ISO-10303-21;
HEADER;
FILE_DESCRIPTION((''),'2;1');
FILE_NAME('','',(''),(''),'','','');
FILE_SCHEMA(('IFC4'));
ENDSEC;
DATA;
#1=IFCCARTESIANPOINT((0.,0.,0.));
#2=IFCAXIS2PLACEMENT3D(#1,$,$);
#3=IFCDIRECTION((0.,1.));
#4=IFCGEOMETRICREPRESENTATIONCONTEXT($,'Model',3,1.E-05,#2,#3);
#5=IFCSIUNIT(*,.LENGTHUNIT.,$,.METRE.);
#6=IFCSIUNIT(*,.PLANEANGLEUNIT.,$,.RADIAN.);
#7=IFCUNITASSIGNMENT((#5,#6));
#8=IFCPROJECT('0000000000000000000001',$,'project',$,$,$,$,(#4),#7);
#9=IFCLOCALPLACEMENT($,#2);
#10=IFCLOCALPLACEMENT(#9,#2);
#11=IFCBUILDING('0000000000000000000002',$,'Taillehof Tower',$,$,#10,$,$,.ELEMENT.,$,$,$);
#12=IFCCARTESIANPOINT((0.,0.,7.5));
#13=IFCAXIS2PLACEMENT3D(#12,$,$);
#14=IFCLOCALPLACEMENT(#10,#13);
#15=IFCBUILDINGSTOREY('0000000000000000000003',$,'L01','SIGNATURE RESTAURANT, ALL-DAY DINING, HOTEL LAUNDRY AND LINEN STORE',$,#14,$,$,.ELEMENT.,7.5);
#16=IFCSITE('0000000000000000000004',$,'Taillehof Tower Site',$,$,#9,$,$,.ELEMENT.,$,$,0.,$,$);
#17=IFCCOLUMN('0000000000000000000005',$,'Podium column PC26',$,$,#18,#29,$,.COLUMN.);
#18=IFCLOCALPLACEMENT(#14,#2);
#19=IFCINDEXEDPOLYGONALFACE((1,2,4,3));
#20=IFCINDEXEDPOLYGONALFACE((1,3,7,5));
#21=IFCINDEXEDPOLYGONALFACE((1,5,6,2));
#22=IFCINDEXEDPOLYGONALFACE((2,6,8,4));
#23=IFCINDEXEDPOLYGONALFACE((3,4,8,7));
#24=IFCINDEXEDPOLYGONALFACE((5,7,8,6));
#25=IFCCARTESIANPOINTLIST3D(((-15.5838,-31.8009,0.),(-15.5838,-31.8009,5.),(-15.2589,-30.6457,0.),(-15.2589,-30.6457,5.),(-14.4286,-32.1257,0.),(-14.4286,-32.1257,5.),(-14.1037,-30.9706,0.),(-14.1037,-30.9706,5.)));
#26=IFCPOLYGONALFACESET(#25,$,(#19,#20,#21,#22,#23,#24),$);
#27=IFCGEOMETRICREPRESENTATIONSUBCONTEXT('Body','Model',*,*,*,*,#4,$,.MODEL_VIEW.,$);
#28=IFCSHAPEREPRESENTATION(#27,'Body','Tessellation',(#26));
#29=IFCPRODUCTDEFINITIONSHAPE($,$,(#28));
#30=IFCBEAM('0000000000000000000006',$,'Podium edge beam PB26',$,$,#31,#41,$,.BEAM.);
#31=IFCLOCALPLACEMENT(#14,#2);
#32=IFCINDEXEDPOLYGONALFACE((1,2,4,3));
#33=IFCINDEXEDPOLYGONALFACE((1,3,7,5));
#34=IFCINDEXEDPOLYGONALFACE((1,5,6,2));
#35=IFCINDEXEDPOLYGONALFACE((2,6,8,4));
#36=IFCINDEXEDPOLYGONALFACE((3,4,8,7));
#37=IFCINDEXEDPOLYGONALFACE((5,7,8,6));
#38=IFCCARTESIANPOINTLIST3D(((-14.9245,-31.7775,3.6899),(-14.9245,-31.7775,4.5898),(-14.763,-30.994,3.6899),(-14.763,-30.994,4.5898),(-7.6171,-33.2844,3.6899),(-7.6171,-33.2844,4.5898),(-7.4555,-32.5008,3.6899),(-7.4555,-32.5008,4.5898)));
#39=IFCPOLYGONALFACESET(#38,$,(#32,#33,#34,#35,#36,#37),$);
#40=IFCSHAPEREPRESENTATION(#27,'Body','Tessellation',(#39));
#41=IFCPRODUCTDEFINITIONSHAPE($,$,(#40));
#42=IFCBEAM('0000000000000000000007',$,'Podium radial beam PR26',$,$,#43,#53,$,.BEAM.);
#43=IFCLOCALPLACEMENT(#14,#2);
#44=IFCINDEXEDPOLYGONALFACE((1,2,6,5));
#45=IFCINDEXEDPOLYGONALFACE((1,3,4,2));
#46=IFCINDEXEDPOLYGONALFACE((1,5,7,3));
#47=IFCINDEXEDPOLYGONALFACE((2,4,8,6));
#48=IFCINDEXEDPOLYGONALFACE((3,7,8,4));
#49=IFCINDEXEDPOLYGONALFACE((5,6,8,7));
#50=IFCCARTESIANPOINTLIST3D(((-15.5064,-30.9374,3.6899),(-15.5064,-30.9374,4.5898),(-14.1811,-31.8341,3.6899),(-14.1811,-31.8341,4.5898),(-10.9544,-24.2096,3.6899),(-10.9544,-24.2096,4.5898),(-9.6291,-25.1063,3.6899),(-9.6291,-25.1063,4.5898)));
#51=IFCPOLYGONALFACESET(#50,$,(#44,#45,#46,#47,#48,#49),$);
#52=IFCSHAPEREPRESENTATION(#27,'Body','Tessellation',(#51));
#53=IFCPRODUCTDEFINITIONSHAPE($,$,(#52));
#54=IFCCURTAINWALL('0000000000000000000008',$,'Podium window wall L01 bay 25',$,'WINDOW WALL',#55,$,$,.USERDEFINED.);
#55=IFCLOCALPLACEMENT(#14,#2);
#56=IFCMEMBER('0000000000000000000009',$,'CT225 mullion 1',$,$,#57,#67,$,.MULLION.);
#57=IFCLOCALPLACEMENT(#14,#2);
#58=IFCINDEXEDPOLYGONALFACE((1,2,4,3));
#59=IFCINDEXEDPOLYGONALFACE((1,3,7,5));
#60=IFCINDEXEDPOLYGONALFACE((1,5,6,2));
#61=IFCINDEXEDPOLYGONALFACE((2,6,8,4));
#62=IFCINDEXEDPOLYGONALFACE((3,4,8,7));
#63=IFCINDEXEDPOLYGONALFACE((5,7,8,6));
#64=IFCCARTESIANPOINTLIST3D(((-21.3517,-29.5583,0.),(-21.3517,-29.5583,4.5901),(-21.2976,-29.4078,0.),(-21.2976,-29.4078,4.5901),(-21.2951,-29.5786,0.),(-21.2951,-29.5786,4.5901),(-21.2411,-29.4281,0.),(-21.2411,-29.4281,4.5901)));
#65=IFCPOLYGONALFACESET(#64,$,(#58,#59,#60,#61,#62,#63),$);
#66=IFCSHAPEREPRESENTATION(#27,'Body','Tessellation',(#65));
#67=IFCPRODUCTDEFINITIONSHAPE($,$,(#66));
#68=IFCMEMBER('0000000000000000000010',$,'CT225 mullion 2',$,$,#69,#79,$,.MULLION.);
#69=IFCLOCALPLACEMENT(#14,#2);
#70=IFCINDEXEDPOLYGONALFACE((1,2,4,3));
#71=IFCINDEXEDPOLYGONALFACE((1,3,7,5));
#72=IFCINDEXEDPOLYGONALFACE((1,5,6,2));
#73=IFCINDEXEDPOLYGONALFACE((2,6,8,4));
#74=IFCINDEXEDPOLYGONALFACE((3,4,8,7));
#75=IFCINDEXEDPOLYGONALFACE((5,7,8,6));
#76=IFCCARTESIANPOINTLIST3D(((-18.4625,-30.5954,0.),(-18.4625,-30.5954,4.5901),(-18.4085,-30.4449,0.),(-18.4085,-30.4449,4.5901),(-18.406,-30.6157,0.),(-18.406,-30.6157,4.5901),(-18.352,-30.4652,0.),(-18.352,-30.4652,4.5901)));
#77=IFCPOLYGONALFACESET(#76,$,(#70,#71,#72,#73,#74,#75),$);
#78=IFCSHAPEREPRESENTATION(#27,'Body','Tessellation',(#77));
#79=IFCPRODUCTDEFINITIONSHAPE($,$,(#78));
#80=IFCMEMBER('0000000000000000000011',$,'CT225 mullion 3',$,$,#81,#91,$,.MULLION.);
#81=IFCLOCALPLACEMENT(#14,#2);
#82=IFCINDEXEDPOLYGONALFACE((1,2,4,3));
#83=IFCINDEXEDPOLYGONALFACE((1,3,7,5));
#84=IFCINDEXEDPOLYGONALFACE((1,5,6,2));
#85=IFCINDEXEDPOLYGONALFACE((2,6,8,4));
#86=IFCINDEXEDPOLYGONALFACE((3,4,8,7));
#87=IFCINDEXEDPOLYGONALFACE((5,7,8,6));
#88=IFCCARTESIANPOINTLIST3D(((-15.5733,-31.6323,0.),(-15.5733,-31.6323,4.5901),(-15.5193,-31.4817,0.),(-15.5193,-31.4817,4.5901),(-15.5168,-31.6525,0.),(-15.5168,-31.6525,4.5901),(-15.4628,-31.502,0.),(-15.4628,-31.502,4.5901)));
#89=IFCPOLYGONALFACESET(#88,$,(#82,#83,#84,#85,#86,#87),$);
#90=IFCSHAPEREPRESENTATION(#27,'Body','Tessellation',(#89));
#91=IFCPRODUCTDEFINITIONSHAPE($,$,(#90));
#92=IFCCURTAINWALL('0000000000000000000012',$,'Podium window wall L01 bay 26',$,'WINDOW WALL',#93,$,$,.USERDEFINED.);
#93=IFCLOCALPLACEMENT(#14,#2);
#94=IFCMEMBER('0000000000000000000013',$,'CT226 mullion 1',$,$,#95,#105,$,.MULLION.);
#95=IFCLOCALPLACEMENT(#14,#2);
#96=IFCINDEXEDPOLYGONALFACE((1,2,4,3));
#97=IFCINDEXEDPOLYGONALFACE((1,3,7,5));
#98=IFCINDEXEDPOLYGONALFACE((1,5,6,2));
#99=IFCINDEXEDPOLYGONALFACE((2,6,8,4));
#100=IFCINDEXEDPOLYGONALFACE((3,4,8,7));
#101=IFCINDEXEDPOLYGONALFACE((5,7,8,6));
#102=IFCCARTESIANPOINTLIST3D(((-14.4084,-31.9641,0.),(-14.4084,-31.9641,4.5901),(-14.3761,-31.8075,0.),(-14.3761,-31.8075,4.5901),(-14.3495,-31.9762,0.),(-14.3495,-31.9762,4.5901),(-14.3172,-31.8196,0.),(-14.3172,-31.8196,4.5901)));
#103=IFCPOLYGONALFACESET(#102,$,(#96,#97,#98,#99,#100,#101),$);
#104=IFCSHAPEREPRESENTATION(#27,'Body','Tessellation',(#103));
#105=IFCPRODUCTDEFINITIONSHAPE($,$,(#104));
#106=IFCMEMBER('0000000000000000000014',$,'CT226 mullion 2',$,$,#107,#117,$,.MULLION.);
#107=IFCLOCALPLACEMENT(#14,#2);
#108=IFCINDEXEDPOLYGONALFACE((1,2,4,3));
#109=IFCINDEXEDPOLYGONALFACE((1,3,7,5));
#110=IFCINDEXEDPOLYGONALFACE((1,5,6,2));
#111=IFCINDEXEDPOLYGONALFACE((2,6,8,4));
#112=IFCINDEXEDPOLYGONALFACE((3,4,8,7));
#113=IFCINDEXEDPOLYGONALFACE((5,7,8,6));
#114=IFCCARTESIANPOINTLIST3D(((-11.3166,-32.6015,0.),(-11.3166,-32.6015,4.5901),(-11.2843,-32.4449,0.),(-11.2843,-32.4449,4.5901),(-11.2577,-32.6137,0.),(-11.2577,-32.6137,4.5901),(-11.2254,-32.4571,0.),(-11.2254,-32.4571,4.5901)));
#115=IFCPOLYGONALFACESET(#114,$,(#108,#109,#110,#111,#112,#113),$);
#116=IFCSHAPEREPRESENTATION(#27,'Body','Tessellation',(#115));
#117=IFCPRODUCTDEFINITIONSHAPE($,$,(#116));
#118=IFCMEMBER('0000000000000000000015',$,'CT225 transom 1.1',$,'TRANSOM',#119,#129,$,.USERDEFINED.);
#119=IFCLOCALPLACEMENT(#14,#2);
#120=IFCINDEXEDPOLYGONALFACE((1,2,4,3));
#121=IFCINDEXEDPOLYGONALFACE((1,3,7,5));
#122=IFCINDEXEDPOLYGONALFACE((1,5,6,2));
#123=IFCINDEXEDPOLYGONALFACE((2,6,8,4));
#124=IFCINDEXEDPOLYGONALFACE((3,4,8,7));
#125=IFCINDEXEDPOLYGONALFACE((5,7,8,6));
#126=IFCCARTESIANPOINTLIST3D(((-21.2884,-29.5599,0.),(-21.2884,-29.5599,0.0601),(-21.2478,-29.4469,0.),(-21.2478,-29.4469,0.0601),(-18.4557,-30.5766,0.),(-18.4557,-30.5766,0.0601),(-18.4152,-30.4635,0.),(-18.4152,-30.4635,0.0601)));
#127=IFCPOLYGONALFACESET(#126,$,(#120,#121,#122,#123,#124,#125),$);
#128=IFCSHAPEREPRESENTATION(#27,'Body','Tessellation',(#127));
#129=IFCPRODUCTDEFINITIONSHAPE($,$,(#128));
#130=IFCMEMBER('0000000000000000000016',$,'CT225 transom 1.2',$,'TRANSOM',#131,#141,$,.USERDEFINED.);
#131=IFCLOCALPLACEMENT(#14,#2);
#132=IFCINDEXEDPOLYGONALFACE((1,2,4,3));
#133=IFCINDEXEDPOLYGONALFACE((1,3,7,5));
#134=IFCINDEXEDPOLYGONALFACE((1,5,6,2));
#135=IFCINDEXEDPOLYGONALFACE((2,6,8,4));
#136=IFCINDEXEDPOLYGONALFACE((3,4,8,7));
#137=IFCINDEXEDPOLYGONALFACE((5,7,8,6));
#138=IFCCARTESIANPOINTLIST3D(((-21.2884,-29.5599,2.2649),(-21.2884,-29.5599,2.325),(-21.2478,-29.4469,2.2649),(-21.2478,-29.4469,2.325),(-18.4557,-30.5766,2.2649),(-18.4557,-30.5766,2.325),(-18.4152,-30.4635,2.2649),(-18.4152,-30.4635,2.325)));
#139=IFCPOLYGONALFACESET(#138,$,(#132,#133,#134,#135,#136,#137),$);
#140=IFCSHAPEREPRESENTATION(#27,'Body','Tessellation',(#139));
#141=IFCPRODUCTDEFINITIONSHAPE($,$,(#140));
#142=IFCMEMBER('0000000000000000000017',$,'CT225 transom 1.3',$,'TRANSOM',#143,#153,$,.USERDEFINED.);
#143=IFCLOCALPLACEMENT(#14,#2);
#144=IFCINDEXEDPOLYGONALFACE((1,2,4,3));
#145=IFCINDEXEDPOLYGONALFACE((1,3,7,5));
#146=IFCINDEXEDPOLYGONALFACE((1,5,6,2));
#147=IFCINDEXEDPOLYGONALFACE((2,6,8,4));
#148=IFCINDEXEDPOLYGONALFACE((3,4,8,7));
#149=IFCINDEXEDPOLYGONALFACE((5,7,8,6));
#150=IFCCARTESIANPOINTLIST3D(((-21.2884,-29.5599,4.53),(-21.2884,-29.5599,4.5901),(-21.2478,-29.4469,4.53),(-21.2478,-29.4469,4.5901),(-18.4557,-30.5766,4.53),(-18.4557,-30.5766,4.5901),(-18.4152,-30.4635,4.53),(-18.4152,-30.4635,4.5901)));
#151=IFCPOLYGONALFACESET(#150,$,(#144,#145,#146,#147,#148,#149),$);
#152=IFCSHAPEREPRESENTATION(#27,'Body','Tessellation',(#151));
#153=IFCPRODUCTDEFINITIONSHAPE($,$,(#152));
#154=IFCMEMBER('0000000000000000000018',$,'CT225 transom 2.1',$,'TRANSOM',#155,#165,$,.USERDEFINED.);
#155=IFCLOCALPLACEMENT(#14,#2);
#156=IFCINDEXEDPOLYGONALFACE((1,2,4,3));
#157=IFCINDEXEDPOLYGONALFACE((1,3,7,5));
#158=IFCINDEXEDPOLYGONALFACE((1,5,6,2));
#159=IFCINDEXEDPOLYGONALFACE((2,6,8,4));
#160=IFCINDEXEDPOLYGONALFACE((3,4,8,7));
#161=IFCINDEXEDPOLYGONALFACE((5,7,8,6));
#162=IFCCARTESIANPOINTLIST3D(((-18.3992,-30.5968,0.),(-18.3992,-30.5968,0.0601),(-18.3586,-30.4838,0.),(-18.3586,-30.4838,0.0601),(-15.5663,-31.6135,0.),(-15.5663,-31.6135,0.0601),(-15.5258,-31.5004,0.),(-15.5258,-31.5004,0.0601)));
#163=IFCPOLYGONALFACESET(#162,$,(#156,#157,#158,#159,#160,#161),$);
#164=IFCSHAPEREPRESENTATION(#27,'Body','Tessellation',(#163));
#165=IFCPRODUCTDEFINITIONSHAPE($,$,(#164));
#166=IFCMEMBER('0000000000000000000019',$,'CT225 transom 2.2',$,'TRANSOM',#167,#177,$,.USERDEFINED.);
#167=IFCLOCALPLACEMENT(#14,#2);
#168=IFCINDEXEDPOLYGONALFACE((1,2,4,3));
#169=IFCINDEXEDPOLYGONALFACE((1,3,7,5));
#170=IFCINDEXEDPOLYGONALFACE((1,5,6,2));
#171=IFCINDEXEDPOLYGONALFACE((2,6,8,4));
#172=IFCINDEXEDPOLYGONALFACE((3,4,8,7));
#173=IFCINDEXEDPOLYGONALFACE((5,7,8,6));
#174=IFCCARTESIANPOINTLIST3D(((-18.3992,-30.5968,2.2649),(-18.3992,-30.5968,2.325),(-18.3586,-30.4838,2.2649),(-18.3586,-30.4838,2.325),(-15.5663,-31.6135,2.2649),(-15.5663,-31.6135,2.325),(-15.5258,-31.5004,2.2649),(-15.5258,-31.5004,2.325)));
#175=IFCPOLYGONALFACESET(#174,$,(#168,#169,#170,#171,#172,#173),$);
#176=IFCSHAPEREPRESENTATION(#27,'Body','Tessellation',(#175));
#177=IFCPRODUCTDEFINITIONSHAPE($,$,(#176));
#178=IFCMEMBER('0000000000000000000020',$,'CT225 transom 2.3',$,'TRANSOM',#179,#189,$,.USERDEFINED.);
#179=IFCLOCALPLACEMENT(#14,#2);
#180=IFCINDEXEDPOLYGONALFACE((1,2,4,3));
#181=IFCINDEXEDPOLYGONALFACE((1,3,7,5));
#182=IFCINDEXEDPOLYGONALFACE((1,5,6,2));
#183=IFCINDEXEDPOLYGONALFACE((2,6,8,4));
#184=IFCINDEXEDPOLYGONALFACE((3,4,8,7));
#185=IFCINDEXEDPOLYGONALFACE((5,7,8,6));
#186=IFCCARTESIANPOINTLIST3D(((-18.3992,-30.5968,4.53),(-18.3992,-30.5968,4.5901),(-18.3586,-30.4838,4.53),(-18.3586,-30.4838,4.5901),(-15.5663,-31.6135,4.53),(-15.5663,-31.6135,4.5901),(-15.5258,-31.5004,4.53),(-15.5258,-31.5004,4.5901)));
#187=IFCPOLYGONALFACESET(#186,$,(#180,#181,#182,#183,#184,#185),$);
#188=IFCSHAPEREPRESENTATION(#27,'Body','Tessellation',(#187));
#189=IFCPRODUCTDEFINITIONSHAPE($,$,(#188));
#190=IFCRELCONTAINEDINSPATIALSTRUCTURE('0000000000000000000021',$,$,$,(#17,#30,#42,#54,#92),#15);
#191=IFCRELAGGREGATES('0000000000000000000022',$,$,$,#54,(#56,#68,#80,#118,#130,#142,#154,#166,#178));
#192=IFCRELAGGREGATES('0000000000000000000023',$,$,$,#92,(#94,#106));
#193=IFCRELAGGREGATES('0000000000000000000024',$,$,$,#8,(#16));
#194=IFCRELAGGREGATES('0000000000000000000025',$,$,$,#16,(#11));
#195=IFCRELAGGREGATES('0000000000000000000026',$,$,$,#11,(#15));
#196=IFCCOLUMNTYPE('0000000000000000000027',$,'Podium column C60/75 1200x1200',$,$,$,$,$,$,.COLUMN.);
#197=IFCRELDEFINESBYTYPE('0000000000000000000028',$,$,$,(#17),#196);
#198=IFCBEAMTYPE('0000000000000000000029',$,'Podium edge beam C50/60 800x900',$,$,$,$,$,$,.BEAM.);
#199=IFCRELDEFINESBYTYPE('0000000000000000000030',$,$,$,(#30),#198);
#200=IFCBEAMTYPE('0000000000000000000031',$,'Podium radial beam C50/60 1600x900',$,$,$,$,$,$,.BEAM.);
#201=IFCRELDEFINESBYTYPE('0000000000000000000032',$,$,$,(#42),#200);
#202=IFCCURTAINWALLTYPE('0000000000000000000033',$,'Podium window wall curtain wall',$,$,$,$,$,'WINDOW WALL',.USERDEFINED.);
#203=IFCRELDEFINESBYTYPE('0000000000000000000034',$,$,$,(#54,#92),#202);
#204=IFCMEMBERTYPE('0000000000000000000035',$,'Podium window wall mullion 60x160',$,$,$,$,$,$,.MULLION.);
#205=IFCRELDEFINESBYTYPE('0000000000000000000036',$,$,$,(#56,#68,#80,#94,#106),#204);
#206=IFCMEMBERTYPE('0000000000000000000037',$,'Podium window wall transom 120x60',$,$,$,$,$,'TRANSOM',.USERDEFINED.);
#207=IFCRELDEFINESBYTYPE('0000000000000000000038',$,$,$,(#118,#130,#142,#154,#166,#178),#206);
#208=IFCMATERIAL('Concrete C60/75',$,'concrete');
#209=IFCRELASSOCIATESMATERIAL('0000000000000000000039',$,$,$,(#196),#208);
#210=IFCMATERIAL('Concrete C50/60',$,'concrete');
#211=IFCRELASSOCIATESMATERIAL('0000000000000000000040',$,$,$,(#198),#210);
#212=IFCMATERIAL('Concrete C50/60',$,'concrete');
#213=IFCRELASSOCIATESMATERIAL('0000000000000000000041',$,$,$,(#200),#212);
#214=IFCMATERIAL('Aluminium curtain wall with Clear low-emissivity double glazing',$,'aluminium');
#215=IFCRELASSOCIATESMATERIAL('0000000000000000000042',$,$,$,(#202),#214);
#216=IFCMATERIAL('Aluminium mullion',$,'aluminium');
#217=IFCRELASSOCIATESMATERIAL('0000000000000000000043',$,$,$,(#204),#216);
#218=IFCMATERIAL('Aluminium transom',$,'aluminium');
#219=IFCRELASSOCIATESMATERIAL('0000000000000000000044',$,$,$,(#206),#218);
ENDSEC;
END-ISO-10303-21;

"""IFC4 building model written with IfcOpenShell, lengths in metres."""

from ifc_helpers import new_model, si_unit, direction, frame, origin, origin_2d, place, context, subcontext, project, spatial, rectangle, extrude, material, material_profile, profile_set, type_object, element, aggregate, save


model = new_model("IFC4")

# Units and contexts
model_context = context("Model", 3, precision=1e-05, world=origin(), true_north=direction((0.0, 1.0)))
body_context = subcontext(model_context, "Body", "Model", "MODEL_VIEW")
ifc_project = project(units=[si_unit("LENGTHUNIT", "METRE"), si_unit("PLANEANGLEUNIT", "RADIAN")], contexts=[model_context])

# Site, building, storey
site_placement = place(None, origin())
site = spatial("IfcSite", under=ifc_project, at=site_placement, Name="Taillehof Tower Site", CompositionType="ELEMENT", RefElevation=0.0)
building_placement = place(site_placement, origin())
building = spatial("IfcBuilding", under=site, at=building_placement, Name="Taillehof Tower", CompositionType="ELEMENT")
storey_placement = place(building_placement, frame((0.0, 0.0, 7.5)))
storey = spatial("IfcBuildingStorey", under=building, at=storey_placement, Name="L01", Description="SIGNATURE RESTAURANT, ALL-DAY DINING, HOTEL LAUNDRY AND LINEN STORE", CompositionType="ELEMENT", Elevation=7.5)

# Column
ifc_material_1 = material(Name="Concrete C60/75", Category="concrete")
ifc_material_profile_1 = material_profile(ifc_material_1, rectangle(XDim=1.2, YDim=1.2, at=origin_2d()), Name="RC 1200x1200")
ifc_profile_set_1 = profile_set([ifc_material_profile_1], Name="Concrete C60/75")
column_type = type_object("IfcColumnType", Name="Podium column C60/75 1200x1200", PredefinedType="COLUMN", material=ifc_profile_set_1)
column_placement = place(storey_placement, frame((-14.8438, -31.3857, 0.0), z_axis=(0.0, 0.0, 1.0), x_axis=(-0.270745, -0.962651, 0.0)))
element("IfcColumn", 1, at=column_placement, inside=storey, type_object=column_type, Name="Podium column PC26", PredefinedType="COLUMN", context=body_context, shape_type="SweptSolid", body=[
    extrude(rectangle(XDim=1.2, YDim=1.2, at=origin_2d()), origin(), (0.0, 0.0, 1.0), 5.0),
])

# Beams
ifc_material_2 = material(Name="Concrete C50/60", Category="concrete")
ifc_material_profile_2 = material_profile(ifc_material_2, rectangle(XDim=0.8, YDim=0.8999, at=origin_2d()), Name="RC 800x900")
ifc_profile_set_2 = profile_set([ifc_material_profile_2], Name="Concrete C50/60")
beam_type_1 = type_object("IfcBeamType", Name="Podium edge beam C50/60 800x900", PredefinedType="BEAM", material=ifc_profile_set_2)
beam_1_placement = place(storey_placement, frame((-14.8438, -31.3857, 4.1399), z_axis=(0.979394, -0.201959, 0.0), x_axis=(0.201959, 0.979394, 0.0)))
element("IfcBeam", 2, at=beam_1_placement, inside=storey, type_object=beam_type_1, Name="Podium edge beam PB26", PredefinedType="BEAM", context=body_context, shape_type="SweptSolid", body=[
    extrude(rectangle(XDim=0.8, YDim=0.8999, at=origin_2d()), origin(), (0.0, 0.0, 1.0), 7.4612),
])
ifc_material_3 = material(Name="Concrete C50/60", Category="concrete")
ifc_material_profile_3 = material_profile(ifc_material_3, rectangle(XDim=1.6001, YDim=0.8999, at=origin_2d()), Name="RC 1600x900")
ifc_profile_set_3 = profile_set([ifc_material_profile_3], Name="Concrete C50/60")
beam_type_2 = type_object("IfcBeamType", Name="Podium radial beam C50/60 1600x900", PredefinedType="BEAM", material=ifc_profile_set_3)
beam_2_placement = place(storey_placement, frame((-14.8438, -31.3857, 4.1399), z_axis=(0.560382, 0.828235, 0.0), x_axis=(-0.828235, 0.560382, 0.0)))
element("IfcBeam", 3, at=beam_2_placement, inside=storey, type_object=beam_type_2, Name="Podium radial beam PR26", PredefinedType="BEAM", context=body_context, shape_type="SweptSolid", body=[
    extrude(rectangle(XDim=1.6001, YDim=0.8999, at=origin_2d()), origin(), (0.0, 0.0, 1.0), 8.123),
])

# Curtain walls, members
ifc_material_4 = material(Name="Aluminium curtain wall with Clear low-emissivity double glazing", Category="aluminium")
curtain_wall_type = type_object("IfcCurtainWallType", Name="Podium window wall curtain wall", ElementType="WINDOW WALL", PredefinedType="USERDEFINED", material=ifc_material_4)
curtain_wall_1_placement = place(storey_placement, origin())
curtain_wall_1 = element("IfcCurtainWall", 4, at=curtain_wall_1_placement, inside=storey, type_object=curtain_wall_type, Name="Podium window wall L01 bay 25", ObjectType="WINDOW WALL", PredefinedType="USERDEFINED")
ifc_material_5 = material(Name="Aluminium mullion", Category="aluminium")
ifc_material_profile_4 = material_profile(ifc_material_5, rectangle(XDim=0.1599, YDim=0.0601, at=origin_2d()), Name="AL 60x160")
ifc_profile_set_4 = profile_set([ifc_material_profile_4], Name="Aluminium mullion")
member_type_1 = type_object("IfcMemberType", Name="Podium window wall mullion 60x160", PredefinedType="MULLION", material=ifc_profile_set_4)
member_1_placement = place(storey_placement, frame((-21.2964, -29.4932, 0.0), z_axis=(0.0, 0.0, 1.0), x_axis=(0.337799, 0.941218, 0.0)))
member_1 = element("IfcMember", 5, at=member_1_placement, type_object=member_type_1, Name="CT225 mullion 1", PredefinedType="MULLION", context=body_context, shape_type="SweptSolid", body=[
    extrude(rectangle(XDim=0.1599, YDim=0.0601, at=origin_2d()), origin(), (0.0, 0.0, 1.0), 4.5901),
])
member_2_placement = place(storey_placement, frame((-18.4072, -30.5303, 0.0), z_axis=(0.0, 0.0, 1.0), x_axis=(0.337799, 0.941218, 0.0)))
member_2 = element("IfcMember", 6, at=member_2_placement, type_object=member_type_1, Name="CT225 mullion 2", PredefinedType="MULLION", context=body_context, shape_type="SweptSolid", body=[
    extrude(rectangle(XDim=0.1599, YDim=0.0601, at=origin_2d()), origin(), (0.0, 0.0, 1.0), 4.5901),
])
member_3_placement = place(storey_placement, frame((-15.5181, -31.5671, 0.0), z_axis=(0.0, 0.0, 1.0), x_axis=(0.337799, 0.941218, 0.0)))
member_3 = element("IfcMember", 7, at=member_3_placement, type_object=member_type_1, Name="CT225 mullion 3", PredefinedType="MULLION", context=body_context, shape_type="SweptSolid", body=[
    extrude(rectangle(XDim=0.1599, YDim=0.0601, at=origin_2d()), origin(), (0.0, 0.0, 1.0), 4.5901),
])
curtain_wall_2_placement = place(storey_placement, origin())
curtain_wall_2 = element("IfcCurtainWall", 8, at=curtain_wall_2_placement, inside=storey, type_object=curtain_wall_type, Name="Podium window wall L01 bay 26", ObjectType="WINDOW WALL", PredefinedType="USERDEFINED")
member_4_placement = place(storey_placement, frame((-14.3628, -31.8918, 0.0), z_axis=(0.0, 0.0, 1.0), x_axis=(0.201976, 0.97939, 0.0)))
member_4 = element("IfcMember", 9, at=member_4_placement, type_object=member_type_1, Name="CT226 mullion 1", PredefinedType="MULLION", context=body_context, shape_type="SweptSolid", body=[
    extrude(rectangle(XDim=0.1599, YDim=0.0601, at=origin_2d()), origin(), (0.0, 0.0, 1.0), 4.5901),
])
member_5_placement = place(storey_placement, frame((-11.271, -32.5293, 0.0), z_axis=(0.0, 0.0, 1.0), x_axis=(0.201976, 0.97939, 0.0)))
member_5 = element("IfcMember", 10, at=member_5_placement, type_object=member_type_1, Name="CT226 mullion 2", PredefinedType="MULLION", context=body_context, shape_type="SweptSolid", body=[
    extrude(rectangle(XDim=0.1599, YDim=0.0601, at=origin_2d()), origin(), (0.0, 0.0, 1.0), 4.5901),
])

# Members
ifc_material_6 = material(Name="Aluminium transom", Category="aluminium")
ifc_material_profile_5 = material_profile(ifc_material_6, rectangle(XDim=0.1201, YDim=0.0601, at=origin_2d()), Name="AL 120x60")
ifc_profile_set_5 = profile_set([ifc_material_profile_5], Name="Aluminium transom")
member_type_2 = type_object("IfcMemberType", Name="Podium window wall transom 120x60", ElementType="TRANSOM", PredefinedType="USERDEFINED", material=ifc_profile_set_5)
member_6_placement = place(storey_placement, frame((-21.2681, -29.5034, 0.03), z_axis=(0.941216, -0.337806, 0.0), x_axis=(0.337806, 0.941216, 0.0)))
member_6 = element("IfcMember", 11, at=member_6_placement, type_object=member_type_2, Name="CT225 transom 1.1", ObjectType="TRANSOM", PredefinedType="USERDEFINED", context=body_context, shape_type="SweptSolid", body=[
    extrude(rectangle(XDim=0.1201, YDim=0.0601, at=origin_2d()), origin(), (0.0, 0.0, 1.0), 3.0095),
])
member_7_placement = place(storey_placement, frame((-21.2681, -29.5034, 2.2949), z_axis=(0.941216, -0.337806, 0.0), x_axis=(0.337806, 0.941216, 0.0)))
member_7 = element("IfcMember", 12, at=member_7_placement, type_object=member_type_2, Name="CT225 transom 1.2", ObjectType="TRANSOM", PredefinedType="USERDEFINED", context=body_context, shape_type="SweptSolid", body=[
    extrude(rectangle(XDim=0.1201, YDim=0.0601, at=origin_2d()), origin(), (0.0, 0.0, 1.0), 3.0095),
])
member_8_placement = place(storey_placement, frame((-21.2681, -29.5034, 4.5601), z_axis=(0.941216, -0.337806, 0.0), x_axis=(0.337806, 0.941216, 0.0)))
member_8 = element("IfcMember", 13, at=member_8_placement, type_object=member_type_2, Name="CT225 transom 1.3", ObjectType="TRANSOM", PredefinedType="USERDEFINED", context=body_context, shape_type="SweptSolid", body=[
    extrude(rectangle(XDim=0.1201, YDim=0.0601, at=origin_2d()), origin(), (0.0, 0.0, 1.0), 3.0095),
])
member_9_placement = place(storey_placement, frame((-18.3789, -30.5403, 0.03), z_axis=(0.941225, -0.33778, 0.0), x_axis=(0.33778, 0.941225, 0.0)))
member_9 = element("IfcMember", 14, at=member_9_placement, type_object=member_type_2, Name="CT225 transom 2.1", ObjectType="TRANSOM", PredefinedType="USERDEFINED", context=body_context, shape_type="SweptSolid", body=[
    extrude(rectangle(XDim=0.1201, YDim=0.0601, at=origin_2d()), origin(), (0.0, 0.0, 1.0), 3.0098),
])
member_10_placement = place(storey_placement, frame((-18.3789, -30.5403, 2.2949), z_axis=(0.941225, -0.33778, 0.0), x_axis=(0.33778, 0.941225, 0.0)))
member_10 = element("IfcMember", 15, at=member_10_placement, type_object=member_type_2, Name="CT225 transom 2.2", ObjectType="TRANSOM", PredefinedType="USERDEFINED", context=body_context, shape_type="SweptSolid", body=[
    extrude(rectangle(XDim=0.1201, YDim=0.0601, at=origin_2d()), origin(), (0.0, 0.0, 1.0), 3.0098),
])
member_11_placement = place(storey_placement, frame((-18.3789, -30.5403, 4.5601), z_axis=(0.941225, -0.33778, 0.0), x_axis=(0.33778, 0.941225, 0.0)))
member_11 = element("IfcMember", 16, at=member_11_placement, type_object=member_type_2, Name="CT225 transom 2.3", ObjectType="TRANSOM", PredefinedType="USERDEFINED", context=body_context, shape_type="SweptSolid", body=[
    extrude(rectangle(XDim=0.1201, YDim=0.0601, at=origin_2d()), origin(), (0.0, 0.0, 1.0), 3.0098),
])

aggregate(curtain_wall_1, [member_1, member_2, member_3, member_6, member_7, member_8, member_9, member_10, member_11])
aggregate(curtain_wall_2, [member_4, member_5])

save(model, "model.ifc")
